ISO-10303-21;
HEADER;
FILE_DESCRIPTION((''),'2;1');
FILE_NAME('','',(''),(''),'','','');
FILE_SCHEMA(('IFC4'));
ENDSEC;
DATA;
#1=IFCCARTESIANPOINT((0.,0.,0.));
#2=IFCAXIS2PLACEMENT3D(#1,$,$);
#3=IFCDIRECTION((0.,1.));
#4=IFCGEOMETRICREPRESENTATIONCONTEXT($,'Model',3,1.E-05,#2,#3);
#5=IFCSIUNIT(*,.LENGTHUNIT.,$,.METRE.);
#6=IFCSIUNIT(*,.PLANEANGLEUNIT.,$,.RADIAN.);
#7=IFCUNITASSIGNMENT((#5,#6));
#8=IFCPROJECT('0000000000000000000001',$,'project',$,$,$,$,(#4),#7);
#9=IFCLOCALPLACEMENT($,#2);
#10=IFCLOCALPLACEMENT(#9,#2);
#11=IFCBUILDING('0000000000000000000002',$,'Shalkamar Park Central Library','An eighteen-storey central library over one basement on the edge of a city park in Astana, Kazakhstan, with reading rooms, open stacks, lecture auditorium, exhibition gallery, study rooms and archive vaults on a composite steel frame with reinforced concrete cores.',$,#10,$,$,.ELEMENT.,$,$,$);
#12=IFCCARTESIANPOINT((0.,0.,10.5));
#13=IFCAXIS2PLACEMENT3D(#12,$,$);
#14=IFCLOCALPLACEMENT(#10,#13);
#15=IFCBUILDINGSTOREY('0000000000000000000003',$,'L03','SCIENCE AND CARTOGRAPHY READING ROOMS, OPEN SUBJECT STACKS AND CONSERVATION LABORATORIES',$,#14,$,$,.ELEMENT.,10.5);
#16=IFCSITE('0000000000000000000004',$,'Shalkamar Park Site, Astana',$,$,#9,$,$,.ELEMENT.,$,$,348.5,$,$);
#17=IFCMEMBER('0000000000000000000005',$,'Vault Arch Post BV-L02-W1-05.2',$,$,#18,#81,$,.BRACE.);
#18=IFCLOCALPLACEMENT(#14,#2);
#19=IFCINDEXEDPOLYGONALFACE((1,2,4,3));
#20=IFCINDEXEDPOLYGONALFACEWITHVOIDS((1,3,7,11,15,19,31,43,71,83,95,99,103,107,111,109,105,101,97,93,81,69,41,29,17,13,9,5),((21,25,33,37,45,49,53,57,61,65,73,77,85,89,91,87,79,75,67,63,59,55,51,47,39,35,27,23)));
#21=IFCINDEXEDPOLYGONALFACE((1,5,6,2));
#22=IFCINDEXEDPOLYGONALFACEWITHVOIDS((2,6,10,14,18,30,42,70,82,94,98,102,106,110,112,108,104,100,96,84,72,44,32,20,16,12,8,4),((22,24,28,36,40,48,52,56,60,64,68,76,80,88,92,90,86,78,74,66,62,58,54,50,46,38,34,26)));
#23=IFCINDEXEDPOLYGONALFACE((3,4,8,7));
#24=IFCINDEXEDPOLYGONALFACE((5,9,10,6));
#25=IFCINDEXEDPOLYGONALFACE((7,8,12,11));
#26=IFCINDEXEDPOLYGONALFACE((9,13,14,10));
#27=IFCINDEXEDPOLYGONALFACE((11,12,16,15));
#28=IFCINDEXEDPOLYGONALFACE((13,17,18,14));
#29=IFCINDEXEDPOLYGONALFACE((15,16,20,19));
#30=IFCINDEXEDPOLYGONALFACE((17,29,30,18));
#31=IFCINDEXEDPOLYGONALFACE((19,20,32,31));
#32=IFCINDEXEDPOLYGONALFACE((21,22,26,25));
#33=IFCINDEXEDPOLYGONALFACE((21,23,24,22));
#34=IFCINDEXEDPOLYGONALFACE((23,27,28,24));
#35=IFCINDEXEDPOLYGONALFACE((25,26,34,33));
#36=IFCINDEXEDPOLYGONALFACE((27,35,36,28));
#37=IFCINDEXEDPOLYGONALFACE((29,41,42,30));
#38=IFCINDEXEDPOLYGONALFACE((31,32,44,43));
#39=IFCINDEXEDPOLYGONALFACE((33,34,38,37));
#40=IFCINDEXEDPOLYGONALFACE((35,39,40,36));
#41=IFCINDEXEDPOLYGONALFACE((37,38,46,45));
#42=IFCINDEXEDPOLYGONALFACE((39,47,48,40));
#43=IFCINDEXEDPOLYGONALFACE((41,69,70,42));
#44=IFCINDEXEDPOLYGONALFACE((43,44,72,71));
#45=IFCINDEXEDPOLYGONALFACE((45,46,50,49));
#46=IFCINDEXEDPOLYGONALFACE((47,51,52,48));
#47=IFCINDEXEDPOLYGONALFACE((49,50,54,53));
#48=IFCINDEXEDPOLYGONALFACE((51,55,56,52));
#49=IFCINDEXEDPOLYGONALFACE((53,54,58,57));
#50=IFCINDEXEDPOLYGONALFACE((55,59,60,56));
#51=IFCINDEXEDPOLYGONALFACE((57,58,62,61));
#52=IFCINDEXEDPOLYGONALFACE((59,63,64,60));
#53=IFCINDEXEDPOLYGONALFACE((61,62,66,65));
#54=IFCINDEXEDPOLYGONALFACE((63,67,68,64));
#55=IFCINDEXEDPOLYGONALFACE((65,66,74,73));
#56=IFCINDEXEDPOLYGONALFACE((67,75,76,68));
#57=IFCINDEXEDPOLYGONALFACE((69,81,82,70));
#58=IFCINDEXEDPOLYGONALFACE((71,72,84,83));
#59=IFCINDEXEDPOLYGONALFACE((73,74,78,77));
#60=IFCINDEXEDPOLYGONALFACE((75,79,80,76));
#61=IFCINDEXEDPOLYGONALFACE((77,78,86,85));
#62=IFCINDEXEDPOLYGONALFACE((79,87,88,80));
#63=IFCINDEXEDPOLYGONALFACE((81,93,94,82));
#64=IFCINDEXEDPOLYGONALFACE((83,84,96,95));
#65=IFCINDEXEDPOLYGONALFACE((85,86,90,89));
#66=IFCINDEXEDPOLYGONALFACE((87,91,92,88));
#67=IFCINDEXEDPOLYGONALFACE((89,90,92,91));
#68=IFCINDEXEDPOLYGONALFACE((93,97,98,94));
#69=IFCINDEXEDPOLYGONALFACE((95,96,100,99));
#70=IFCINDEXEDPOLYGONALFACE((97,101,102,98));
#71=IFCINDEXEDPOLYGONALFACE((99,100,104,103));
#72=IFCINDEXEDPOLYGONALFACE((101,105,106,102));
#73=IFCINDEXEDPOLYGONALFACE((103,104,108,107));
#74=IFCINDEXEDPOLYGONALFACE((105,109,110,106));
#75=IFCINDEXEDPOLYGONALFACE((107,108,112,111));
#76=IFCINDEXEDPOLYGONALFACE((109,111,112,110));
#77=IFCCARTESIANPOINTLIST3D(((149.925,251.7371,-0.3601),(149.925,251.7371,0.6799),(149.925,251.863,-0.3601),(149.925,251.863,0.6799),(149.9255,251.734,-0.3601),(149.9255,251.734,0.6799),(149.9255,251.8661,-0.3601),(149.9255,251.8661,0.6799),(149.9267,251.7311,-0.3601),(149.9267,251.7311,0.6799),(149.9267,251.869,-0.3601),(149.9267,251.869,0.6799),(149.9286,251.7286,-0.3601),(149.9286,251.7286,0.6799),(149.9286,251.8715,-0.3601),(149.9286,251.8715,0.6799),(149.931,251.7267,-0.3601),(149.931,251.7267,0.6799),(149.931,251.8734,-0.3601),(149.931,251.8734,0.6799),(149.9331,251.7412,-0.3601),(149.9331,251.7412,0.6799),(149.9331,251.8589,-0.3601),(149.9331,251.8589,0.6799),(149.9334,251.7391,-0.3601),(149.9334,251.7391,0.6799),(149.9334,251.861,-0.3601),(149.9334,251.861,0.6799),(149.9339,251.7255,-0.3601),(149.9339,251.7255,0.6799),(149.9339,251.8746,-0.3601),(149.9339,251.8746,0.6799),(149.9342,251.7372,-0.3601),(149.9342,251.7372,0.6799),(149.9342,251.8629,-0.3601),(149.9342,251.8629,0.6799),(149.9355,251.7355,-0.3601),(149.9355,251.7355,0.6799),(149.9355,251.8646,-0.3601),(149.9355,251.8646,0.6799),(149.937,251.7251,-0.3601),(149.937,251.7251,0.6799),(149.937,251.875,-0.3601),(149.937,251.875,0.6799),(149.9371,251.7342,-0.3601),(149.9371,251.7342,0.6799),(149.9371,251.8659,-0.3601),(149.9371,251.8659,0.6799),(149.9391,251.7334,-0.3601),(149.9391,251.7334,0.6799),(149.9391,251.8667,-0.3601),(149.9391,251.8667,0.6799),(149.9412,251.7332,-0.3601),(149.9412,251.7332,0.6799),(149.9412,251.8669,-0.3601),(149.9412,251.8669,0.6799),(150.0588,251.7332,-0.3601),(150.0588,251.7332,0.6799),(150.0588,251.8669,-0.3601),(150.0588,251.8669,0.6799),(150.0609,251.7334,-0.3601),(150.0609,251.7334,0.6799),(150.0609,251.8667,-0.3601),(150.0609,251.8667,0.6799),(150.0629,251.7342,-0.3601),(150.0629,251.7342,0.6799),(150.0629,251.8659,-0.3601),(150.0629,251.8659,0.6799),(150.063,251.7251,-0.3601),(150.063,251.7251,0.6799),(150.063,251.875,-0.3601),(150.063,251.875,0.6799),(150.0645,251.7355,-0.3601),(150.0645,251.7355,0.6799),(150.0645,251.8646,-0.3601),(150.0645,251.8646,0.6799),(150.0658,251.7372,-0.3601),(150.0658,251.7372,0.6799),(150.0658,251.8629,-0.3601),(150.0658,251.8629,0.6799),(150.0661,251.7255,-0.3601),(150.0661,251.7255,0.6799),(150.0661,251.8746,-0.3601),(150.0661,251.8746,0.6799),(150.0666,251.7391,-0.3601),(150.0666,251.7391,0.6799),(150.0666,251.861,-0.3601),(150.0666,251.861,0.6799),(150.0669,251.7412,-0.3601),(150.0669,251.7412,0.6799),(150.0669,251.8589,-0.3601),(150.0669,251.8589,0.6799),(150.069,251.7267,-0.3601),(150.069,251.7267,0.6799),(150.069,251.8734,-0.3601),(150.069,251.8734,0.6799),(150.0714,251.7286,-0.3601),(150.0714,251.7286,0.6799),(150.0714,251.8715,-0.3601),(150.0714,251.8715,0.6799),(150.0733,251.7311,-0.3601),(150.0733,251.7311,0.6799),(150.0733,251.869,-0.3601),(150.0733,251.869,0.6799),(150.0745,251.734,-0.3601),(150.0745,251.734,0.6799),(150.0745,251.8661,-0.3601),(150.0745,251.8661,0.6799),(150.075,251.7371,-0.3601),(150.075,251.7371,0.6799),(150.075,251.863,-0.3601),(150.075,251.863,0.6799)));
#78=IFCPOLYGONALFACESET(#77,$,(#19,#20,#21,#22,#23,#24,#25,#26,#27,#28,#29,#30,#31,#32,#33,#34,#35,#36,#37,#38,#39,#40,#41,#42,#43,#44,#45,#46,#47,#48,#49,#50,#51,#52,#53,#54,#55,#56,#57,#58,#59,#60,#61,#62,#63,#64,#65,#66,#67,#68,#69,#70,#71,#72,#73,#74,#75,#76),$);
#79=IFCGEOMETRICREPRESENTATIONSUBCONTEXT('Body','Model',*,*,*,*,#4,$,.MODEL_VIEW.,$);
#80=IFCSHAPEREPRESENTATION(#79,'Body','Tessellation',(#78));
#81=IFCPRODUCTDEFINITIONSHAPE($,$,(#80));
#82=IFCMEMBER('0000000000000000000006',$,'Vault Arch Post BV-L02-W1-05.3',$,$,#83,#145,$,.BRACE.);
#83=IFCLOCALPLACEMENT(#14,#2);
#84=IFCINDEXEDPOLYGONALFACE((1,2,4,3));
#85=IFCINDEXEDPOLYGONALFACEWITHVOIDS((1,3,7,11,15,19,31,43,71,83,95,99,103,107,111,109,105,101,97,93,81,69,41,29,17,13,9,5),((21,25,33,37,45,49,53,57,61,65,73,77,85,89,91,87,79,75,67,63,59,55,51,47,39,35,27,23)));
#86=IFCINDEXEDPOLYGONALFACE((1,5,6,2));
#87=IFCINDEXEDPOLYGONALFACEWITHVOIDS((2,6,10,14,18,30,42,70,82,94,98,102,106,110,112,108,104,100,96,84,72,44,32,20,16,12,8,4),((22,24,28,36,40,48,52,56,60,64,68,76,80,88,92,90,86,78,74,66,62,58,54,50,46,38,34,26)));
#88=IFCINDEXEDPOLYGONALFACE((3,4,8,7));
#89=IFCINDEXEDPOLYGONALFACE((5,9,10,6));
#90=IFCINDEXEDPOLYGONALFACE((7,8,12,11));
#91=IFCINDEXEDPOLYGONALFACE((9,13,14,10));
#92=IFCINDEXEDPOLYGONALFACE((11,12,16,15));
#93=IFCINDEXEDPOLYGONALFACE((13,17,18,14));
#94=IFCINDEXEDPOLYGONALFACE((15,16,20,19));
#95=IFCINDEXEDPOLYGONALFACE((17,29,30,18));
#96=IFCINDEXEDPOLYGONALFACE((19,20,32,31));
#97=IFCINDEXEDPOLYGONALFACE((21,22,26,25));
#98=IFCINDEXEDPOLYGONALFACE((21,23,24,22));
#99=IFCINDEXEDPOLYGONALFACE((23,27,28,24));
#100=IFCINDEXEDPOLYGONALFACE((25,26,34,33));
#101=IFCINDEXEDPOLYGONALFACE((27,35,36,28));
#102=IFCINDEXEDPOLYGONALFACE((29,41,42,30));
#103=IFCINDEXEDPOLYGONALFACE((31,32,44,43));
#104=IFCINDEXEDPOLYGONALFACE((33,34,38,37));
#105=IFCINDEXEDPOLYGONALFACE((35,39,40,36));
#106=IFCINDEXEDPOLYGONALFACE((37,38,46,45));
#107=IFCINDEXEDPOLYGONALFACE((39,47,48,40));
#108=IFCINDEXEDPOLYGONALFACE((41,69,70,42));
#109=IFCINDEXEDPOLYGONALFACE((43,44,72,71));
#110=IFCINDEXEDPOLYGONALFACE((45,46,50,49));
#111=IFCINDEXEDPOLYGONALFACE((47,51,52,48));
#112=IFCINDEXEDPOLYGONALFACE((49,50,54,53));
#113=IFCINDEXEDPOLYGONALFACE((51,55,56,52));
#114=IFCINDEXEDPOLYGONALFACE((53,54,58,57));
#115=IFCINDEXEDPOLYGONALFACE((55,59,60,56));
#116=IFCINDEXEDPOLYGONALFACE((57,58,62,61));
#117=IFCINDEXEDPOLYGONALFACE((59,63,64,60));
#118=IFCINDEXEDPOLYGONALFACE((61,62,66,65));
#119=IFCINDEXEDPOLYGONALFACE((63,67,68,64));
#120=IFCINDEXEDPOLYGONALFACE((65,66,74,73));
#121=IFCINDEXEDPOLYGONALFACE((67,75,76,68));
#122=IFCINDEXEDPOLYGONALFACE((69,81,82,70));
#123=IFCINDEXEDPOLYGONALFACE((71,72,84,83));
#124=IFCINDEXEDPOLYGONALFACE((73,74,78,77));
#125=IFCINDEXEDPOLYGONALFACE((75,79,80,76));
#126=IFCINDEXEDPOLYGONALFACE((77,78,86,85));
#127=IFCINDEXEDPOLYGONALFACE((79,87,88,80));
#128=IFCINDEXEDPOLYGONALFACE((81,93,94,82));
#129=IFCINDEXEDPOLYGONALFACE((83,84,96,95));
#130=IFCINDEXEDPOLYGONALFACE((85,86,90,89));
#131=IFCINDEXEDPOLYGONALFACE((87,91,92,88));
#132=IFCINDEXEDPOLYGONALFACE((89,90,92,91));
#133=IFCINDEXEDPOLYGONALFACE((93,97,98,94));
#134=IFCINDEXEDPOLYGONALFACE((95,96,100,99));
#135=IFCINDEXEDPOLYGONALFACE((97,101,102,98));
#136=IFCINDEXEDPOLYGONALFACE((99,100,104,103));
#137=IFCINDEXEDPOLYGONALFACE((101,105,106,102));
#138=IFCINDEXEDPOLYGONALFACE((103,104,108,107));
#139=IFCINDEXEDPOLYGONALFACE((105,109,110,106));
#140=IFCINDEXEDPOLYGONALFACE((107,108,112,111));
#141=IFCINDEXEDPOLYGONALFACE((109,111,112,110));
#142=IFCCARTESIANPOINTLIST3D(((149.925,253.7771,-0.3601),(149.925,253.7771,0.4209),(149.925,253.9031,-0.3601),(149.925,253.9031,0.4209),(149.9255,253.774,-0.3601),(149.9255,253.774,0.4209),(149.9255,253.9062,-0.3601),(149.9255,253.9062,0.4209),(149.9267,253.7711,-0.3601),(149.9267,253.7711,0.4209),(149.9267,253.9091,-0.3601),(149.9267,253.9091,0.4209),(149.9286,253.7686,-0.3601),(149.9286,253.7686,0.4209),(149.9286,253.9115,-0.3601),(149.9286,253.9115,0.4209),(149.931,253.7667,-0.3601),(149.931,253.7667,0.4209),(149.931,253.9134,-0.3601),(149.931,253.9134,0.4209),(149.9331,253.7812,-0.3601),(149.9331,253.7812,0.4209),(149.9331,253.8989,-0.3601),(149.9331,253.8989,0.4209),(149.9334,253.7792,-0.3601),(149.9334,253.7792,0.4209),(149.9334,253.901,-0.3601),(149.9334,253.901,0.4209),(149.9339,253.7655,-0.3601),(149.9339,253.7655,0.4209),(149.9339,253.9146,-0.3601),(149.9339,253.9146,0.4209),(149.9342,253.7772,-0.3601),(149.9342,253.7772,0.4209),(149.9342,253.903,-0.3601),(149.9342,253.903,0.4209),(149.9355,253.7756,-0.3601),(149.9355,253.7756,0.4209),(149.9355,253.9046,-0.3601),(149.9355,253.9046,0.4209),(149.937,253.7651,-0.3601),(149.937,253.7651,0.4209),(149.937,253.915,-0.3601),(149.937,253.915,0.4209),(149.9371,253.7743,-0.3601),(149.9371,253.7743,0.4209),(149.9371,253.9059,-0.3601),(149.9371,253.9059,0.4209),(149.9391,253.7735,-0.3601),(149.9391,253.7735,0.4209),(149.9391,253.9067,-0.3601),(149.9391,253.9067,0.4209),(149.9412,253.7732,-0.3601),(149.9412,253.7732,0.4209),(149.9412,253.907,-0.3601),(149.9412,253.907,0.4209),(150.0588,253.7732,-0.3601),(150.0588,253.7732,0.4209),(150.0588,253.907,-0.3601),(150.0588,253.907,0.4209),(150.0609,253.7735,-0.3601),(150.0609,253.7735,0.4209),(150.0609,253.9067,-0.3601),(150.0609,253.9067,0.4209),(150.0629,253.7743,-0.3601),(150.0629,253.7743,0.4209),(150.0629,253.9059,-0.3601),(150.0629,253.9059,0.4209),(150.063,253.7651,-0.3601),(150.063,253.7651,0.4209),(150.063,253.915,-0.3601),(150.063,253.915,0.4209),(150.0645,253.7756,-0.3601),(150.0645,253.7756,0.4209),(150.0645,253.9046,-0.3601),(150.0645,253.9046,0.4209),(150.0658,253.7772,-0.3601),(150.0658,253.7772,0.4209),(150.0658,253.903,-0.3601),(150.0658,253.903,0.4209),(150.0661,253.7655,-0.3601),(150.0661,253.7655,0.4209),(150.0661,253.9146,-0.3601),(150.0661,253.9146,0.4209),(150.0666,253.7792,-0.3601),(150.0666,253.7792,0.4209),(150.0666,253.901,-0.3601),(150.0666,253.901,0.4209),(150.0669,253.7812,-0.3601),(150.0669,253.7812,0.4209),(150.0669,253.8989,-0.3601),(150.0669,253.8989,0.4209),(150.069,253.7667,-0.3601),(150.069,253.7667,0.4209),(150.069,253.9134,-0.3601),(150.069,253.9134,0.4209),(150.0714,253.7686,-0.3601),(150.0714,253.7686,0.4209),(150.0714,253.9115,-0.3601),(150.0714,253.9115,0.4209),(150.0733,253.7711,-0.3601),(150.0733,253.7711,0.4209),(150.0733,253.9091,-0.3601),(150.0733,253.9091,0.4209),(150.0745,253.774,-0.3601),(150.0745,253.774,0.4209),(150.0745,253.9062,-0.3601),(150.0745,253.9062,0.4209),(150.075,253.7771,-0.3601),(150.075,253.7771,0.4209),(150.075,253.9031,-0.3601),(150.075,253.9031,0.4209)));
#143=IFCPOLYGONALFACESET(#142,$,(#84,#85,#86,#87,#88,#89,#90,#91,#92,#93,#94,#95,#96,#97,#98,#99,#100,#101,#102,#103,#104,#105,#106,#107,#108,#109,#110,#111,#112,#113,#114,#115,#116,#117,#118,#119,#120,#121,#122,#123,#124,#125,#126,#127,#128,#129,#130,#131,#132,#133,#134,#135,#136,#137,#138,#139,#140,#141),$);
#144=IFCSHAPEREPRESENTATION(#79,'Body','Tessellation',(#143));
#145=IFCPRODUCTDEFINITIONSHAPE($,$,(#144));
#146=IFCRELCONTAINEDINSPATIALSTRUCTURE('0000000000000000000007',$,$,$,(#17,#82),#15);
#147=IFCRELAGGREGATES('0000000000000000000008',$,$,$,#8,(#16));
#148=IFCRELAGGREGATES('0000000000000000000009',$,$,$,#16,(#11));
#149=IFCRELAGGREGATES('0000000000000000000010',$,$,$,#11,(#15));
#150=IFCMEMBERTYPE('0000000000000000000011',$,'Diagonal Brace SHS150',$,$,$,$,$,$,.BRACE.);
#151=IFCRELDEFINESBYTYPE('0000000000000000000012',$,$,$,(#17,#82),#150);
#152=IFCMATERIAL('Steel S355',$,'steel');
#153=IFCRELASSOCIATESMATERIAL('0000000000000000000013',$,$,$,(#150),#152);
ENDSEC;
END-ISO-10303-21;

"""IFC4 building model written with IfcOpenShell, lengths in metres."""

from ifc_helpers import new_model, si_unit, direction, frame, origin, origin_2d, place, context, subcontext, project, spatial, hollow_rectangle, extrude, material, material_profile, profile_set, type_object, element, save


model = new_model("IFC4")

# Units and contexts
model_context = context("Model", 3, precision=1e-05, world=origin(), true_north=direction((0.0, 1.0)))
body_context = subcontext(model_context, "Body", "Model", "MODEL_VIEW")
ifc_project = project(units=[si_unit("LENGTHUNIT", "METRE"), si_unit("PLANEANGLEUNIT", "RADIAN")], contexts=[model_context])

# Site, building, storey
site_placement = place(None, origin())
site = spatial("IfcSite", under=ifc_project, at=site_placement, Name="Shalkamar Park Site, Astana", CompositionType="ELEMENT", RefElevation=348.5)
building_placement = place(site_placement, origin())
building = spatial("IfcBuilding", under=site, at=building_placement, Name="Shalkamar Park Central Library", Description="An eighteen-storey central library over one basement on the edge of a city park in Astana, Kazakhstan, with reading rooms, open stacks, lecture auditorium, exhibition gallery, study rooms and archive vaults on a composite steel frame with reinforced concrete cores.", CompositionType="ELEMENT")
storey_placement = place(building_placement, frame((0.0, 0.0, 10.5)))
storey = spatial("IfcBuildingStorey", under=building, at=storey_placement, Name="L03", Description="SCIENCE AND CARTOGRAPHY READING ROOMS, OPEN SUBJECT STACKS AND CONSERVATION LABORATORIES", CompositionType="ELEMENT", Elevation=10.5)

# Shared definitions
ifc_material_1 = material(Name="Steel S355", Category="steel")

# Members
ifc_material_profile_1 = material_profile(ifc_material_1, hollow_rectangle(XDim=0.1499, YDim=0.1499, WallThickness=0.0081, InnerFilletRadius=0.0081, OuterFilletRadius=0.012, at=origin_2d()), Name="SHS 150x150x8")
ifc_profile_set_1 = profile_set([ifc_material_profile_1], Name="Steel S355")
member_type = type_object("IfcMemberType", Name="Diagonal Brace SHS150", PredefinedType="BRACE", material=ifc_profile_set_1)
member_1_placement = place(storey_placement, frame((150.0, 251.8, -0.3601), z_axis=(0.0, 0.0, 1.0), x_axis=(1.0, 0.0, 0.0)))
element("IfcMember", 1, at=member_1_placement, inside=storey, type_object=member_type, Name="Vault Arch Post BV-L02-W1-05.2", PredefinedType="BRACE", context=body_context, shape_type="SweptSolid", body=[
    extrude(hollow_rectangle(XDim=0.1499, YDim=0.1499, WallThickness=0.0081, InnerFilletRadius=0.0081, OuterFilletRadius=0.012, at=origin_2d()), origin(), (0.0, 0.0, 1.0), 1.04),
])
for number, where, z_axis, x_axis, name in (
    (2, (150.0, 253.8401, -0.3601), (0.0, 0.0, 1.0), (1.0, 0.0, 0.0), "Vault Arch Post BV-L02-W1-05.3"),
):
    element("IfcMember", number, at=place(storey_placement, frame(where, z_axis=z_axis, x_axis=x_axis)), inside=storey, type_object=member_type, Name=name, PredefinedType="BRACE", context=body_context, shape_type="SweptSolid", body=[
        extrude(hollow_rectangle(XDim=0.1499, YDim=0.1499, WallThickness=0.0081, InnerFilletRadius=0.0081, OuterFilletRadius=0.012, at=origin_2d()), origin(), (0.0, 0.0, 1.0), 0.781),
    ])

save(model, "model.ifc")
